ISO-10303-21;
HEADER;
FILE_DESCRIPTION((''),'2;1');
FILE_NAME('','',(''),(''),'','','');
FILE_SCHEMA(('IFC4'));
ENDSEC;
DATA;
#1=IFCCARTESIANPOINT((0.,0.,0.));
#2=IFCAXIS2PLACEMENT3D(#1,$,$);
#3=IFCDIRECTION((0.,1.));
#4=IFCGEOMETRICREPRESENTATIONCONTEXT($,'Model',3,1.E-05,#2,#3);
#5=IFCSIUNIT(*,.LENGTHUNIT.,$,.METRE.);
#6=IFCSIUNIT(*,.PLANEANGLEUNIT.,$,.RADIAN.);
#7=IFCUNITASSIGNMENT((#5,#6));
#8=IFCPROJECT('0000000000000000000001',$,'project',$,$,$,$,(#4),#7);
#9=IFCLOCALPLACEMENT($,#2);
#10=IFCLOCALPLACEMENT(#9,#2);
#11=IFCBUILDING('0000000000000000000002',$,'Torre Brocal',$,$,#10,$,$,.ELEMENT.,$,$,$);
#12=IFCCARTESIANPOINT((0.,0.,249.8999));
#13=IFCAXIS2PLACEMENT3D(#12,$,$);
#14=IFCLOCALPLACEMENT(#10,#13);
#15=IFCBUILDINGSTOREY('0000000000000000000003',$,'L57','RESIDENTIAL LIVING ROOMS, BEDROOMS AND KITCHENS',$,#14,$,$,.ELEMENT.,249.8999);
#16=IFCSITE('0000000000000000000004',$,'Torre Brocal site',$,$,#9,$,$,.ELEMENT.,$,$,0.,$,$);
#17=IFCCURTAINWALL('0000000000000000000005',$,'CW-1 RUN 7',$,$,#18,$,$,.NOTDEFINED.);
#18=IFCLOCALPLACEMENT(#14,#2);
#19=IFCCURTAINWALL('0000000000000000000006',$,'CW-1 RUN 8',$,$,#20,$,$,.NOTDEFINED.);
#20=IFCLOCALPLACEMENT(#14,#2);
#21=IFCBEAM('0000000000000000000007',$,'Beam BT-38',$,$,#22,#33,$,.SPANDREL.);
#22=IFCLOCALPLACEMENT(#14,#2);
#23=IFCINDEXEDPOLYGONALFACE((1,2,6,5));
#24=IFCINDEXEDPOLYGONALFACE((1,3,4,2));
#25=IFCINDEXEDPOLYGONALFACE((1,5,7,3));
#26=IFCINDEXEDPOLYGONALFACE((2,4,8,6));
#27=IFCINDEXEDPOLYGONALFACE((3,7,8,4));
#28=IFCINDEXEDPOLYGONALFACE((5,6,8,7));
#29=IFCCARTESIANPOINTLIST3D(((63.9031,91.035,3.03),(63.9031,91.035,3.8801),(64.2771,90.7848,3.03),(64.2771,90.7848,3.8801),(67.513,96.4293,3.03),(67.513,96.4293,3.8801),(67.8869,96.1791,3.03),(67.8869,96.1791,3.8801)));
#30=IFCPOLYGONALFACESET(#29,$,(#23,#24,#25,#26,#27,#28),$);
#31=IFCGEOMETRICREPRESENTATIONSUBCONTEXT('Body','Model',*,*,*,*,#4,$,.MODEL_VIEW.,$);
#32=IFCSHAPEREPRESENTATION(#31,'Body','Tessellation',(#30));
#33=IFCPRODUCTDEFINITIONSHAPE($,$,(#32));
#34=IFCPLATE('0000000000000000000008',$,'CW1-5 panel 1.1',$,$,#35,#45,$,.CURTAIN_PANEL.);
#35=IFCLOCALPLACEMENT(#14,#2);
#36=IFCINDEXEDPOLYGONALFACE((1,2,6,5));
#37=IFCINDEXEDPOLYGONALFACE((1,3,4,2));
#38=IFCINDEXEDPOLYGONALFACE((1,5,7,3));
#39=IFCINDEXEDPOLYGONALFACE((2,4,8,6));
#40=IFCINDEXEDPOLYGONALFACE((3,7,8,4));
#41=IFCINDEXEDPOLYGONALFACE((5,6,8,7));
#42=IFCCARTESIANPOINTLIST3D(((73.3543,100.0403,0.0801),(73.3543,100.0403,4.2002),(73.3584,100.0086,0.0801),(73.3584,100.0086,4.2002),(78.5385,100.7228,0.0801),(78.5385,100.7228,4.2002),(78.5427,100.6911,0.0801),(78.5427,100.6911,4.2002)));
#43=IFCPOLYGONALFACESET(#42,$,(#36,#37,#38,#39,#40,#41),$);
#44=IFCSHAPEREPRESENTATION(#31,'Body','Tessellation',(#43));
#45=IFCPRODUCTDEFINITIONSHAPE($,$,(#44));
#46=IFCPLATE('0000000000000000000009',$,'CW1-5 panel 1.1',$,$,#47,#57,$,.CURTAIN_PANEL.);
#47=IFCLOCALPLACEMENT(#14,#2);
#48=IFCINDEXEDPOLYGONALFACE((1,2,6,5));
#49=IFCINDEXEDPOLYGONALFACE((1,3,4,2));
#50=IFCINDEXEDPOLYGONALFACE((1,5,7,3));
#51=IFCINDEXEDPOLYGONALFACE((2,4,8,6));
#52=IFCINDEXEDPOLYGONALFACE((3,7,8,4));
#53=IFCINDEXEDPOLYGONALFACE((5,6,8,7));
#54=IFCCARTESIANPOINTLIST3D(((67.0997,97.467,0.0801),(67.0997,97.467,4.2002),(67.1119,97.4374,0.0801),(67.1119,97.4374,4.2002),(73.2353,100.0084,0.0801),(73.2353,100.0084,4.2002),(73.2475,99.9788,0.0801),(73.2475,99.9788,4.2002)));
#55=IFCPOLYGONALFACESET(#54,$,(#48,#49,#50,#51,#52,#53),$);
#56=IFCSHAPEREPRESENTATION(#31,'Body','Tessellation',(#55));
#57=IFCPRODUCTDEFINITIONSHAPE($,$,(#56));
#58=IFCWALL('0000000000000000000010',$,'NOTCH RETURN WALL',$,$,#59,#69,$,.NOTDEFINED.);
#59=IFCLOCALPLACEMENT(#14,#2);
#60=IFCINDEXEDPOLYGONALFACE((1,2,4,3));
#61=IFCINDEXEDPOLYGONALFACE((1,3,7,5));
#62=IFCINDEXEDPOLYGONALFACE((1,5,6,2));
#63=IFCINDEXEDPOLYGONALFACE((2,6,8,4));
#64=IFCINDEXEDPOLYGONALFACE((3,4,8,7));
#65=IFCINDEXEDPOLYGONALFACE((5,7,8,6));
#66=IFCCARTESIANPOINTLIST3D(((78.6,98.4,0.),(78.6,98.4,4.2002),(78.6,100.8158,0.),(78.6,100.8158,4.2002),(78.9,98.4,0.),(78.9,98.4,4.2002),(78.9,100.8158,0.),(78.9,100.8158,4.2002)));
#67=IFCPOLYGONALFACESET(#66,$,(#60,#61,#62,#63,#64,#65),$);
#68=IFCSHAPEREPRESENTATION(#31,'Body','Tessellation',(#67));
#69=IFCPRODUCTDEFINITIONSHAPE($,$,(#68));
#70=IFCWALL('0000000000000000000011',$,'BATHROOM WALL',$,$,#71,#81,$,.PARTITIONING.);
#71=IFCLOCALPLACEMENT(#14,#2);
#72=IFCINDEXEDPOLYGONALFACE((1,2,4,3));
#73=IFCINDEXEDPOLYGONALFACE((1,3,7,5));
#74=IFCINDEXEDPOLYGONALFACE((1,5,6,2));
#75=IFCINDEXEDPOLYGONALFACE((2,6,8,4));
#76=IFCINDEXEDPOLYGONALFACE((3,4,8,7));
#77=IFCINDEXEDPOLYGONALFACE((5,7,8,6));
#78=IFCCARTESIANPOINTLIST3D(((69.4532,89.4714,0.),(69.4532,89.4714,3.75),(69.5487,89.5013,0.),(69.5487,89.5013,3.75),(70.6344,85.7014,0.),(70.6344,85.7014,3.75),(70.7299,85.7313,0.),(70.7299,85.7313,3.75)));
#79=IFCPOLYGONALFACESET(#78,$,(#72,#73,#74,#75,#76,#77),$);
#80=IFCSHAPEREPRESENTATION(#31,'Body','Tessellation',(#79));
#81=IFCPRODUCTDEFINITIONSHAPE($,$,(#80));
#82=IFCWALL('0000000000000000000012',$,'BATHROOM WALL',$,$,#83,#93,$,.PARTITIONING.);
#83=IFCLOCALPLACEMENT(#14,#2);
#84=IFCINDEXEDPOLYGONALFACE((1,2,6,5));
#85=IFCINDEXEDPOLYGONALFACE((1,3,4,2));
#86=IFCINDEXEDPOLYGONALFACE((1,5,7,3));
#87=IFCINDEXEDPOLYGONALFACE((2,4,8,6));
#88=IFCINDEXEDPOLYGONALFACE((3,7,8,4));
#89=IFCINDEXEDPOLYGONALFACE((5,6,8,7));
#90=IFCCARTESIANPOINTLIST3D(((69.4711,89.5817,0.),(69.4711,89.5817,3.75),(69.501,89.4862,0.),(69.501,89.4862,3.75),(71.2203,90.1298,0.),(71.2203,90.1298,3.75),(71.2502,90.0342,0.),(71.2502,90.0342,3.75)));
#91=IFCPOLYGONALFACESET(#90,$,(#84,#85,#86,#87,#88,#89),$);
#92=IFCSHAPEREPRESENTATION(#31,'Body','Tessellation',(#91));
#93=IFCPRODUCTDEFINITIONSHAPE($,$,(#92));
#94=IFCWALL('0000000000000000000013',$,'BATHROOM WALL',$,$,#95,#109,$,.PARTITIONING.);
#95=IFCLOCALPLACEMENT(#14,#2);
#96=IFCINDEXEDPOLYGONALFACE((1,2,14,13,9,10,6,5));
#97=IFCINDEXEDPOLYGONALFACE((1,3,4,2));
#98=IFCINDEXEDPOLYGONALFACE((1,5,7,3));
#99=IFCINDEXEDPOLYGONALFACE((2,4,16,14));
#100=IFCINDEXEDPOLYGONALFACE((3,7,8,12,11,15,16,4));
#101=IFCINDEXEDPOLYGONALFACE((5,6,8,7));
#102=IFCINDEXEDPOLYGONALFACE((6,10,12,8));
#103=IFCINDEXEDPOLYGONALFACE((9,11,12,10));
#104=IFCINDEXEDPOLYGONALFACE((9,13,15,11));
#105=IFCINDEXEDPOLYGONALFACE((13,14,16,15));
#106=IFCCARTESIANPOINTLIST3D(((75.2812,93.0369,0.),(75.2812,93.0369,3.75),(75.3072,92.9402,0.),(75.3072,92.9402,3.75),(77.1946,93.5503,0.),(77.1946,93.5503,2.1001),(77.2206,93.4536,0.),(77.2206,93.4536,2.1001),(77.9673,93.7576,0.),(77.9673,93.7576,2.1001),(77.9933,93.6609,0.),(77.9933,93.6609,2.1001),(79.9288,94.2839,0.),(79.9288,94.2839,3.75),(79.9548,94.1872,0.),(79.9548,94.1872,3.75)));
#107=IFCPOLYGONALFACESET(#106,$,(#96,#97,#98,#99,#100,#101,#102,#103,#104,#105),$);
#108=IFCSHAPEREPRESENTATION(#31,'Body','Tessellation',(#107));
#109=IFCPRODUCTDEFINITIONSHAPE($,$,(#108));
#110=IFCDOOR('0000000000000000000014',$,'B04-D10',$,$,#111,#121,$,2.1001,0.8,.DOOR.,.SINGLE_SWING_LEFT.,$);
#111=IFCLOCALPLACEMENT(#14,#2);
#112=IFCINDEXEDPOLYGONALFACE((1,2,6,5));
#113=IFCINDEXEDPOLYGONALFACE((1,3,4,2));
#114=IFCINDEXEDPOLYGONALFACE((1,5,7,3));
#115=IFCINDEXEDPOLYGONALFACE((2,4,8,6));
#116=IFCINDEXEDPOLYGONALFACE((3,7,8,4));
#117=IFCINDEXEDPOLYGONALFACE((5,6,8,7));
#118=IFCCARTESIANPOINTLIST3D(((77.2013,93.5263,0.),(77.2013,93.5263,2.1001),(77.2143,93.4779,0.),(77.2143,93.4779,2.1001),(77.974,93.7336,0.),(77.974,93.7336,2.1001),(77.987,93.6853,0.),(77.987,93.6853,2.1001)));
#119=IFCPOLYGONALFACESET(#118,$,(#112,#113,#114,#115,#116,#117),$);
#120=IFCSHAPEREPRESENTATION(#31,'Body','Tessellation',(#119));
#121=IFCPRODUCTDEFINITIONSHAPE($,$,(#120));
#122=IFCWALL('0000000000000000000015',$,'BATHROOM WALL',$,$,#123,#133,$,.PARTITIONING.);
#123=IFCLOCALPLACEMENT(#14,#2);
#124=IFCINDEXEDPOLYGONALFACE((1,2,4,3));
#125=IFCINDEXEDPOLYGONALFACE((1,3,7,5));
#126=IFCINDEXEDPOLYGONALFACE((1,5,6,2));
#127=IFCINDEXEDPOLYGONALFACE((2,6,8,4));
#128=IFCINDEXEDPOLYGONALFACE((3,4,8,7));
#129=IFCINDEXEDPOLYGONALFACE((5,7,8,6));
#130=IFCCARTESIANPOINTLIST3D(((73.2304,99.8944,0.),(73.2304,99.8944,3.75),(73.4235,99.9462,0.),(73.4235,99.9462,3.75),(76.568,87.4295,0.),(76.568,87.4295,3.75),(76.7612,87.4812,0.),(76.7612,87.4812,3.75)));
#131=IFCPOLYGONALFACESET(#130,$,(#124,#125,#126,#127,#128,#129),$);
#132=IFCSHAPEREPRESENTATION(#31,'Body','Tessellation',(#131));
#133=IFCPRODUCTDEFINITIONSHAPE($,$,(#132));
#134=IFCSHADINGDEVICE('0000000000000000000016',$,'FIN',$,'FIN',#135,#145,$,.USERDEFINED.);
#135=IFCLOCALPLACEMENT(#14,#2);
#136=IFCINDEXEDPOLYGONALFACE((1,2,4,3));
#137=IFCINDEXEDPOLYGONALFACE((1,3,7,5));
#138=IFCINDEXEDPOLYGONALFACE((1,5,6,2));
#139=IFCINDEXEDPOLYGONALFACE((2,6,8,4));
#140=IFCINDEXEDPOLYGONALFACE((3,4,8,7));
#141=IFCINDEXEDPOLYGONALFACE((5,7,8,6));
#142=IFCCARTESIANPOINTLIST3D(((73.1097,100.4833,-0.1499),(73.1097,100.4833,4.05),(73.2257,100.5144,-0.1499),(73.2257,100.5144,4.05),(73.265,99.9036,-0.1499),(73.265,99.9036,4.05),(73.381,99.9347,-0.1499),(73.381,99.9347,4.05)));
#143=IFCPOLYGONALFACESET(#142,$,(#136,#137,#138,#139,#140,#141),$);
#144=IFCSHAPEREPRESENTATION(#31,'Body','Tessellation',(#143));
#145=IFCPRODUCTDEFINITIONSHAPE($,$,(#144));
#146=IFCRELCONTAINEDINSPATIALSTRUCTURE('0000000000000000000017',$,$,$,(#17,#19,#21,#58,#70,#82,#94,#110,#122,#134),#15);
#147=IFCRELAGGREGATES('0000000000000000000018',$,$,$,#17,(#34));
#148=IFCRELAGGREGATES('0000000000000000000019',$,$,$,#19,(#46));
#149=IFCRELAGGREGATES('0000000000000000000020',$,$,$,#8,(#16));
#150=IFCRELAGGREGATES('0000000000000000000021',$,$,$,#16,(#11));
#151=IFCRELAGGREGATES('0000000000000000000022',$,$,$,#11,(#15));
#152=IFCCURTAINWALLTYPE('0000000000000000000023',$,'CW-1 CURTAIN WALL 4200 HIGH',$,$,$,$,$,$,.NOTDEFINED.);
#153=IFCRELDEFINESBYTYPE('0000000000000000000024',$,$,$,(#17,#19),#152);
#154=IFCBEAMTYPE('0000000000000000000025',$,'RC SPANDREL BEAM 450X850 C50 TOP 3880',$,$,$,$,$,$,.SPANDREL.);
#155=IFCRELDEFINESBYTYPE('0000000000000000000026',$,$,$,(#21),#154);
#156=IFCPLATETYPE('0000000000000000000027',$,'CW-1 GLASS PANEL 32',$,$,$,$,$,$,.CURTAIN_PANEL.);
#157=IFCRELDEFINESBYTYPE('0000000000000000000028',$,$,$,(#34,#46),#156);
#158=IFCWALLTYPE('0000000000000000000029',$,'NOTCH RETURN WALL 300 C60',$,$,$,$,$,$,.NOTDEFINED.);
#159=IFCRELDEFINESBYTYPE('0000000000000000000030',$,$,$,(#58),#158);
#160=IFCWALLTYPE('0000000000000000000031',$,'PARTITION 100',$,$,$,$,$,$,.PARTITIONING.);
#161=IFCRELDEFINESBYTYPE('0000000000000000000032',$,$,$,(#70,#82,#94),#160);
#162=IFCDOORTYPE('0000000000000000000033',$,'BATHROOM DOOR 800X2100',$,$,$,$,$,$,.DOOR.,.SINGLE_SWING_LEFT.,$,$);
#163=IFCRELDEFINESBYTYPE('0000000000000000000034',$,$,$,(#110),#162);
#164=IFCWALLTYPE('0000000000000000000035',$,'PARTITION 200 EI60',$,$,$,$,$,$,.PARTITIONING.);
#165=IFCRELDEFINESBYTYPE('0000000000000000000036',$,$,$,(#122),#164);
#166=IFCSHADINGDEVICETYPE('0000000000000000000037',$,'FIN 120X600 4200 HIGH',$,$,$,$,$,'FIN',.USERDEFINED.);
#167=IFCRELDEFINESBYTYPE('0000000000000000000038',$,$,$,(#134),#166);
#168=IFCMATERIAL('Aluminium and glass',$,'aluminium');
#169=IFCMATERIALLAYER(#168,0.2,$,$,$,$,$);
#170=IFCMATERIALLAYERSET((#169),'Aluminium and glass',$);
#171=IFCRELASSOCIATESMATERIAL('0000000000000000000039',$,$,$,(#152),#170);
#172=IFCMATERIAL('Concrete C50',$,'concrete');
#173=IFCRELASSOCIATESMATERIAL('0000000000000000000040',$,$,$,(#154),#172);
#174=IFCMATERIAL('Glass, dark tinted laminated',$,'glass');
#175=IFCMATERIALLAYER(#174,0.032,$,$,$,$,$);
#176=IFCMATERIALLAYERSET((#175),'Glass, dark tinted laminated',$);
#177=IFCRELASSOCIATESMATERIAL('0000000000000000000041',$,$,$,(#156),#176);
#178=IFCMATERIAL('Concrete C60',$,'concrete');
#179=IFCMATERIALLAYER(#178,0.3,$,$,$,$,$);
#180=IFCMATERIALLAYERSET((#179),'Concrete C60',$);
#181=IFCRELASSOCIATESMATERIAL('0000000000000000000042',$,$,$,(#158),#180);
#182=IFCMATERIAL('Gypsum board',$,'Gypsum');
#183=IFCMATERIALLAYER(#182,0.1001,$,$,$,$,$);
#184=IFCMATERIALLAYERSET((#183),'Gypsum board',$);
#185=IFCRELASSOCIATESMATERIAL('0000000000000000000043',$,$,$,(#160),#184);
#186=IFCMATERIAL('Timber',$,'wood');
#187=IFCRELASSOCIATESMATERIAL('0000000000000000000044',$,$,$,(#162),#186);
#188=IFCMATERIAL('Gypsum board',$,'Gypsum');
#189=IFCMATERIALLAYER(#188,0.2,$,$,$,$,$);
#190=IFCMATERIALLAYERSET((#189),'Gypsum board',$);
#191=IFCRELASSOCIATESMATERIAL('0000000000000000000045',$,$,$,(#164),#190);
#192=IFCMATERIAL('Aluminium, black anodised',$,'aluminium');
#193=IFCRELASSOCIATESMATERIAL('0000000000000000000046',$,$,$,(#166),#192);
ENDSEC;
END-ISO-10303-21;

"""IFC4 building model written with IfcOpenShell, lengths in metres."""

from ifc_helpers import new_model, si_unit, direction, frame, frame_2d, origin, origin_2d, place, context, subcontext, project, spatial, rectangle, extrude, material, layer, layer_set, material_profile, profile_set, type_object, element, fill, aggregate, save


model = new_model("IFC4")

# Units and contexts
model_context = context("Model", 3, precision=1e-05, world=origin(), true_north=direction((0.0, 1.0)))
body_context = subcontext(model_context, "Body", "Model", "MODEL_VIEW")
ifc_project = project(units=[si_unit("LENGTHUNIT", "METRE"), si_unit("PLANEANGLEUNIT", "RADIAN")], contexts=[model_context])

# Site, building, storey
site_placement = place(None, origin())
site = spatial("IfcSite", under=ifc_project, at=site_placement, Name="Torre Brocal site", CompositionType="ELEMENT", RefElevation=0.0)
building_placement = place(site_placement, origin())
building = spatial("IfcBuilding", under=site, at=building_placement, Name="Torre Brocal", CompositionType="ELEMENT")
storey_placement = place(building_placement, frame((0.0, 0.0, 249.8999)))
storey = spatial("IfcBuildingStorey", under=building, at=storey_placement, Name="L57", Description="RESIDENTIAL LIVING ROOMS, BEDROOMS AND KITCHENS", CompositionType="ELEMENT", Elevation=249.8999)

# Curtain wall
ifc_material_1 = material(Name="Aluminium and glass", Category="aluminium")
ifc_layer_1 = layer(ifc_material_1, 0.2)
ifc_layer_set_1 = layer_set([ifc_layer_1], Name="Aluminium and glass")
curtain_wall_type = type_object("IfcCurtainWallType", Name="CW-1 CURTAIN WALL 4200 HIGH", PredefinedType="NOTDEFINED", material=ifc_layer_set_1)
curtain_wall_1_placement = place(storey_placement, origin())
curtain_wall_1 = element("IfcCurtainWall", 1, at=curtain_wall_1_placement, inside=storey, type_object=curtain_wall_type, Name="CW-1 RUN 7", PredefinedType="NOTDEFINED")

# Curtain wall
curtain_wall_2_placement = place(storey_placement, origin())
curtain_wall_2 = element("IfcCurtainWall", 2, at=curtain_wall_2_placement, inside=storey, type_object=curtain_wall_type, Name="CW-1 RUN 8", PredefinedType="NOTDEFINED")

# Beam
ifc_material_2 = material(Name="Concrete C50", Category="concrete")
ifc_material_profile_1 = material_profile(ifc_material_2, rectangle(XDim=0.45, YDim=0.8501, at=origin_2d()), Name="RC 450X850")
ifc_profile_set_1 = profile_set([ifc_material_profile_1], Name="Concrete C50")
beam_type_1 = type_object("IfcBeamType", Name="RC SPANDREL BEAM 450X850 C50 TOP 3880", PredefinedType="SPANDREL", material=ifc_profile_set_1)
beam_1_placement = place(storey_placement, frame((67.7, 96.3042, 3.4551), z_axis=(-0.556158, -0.831077, 0.0), x_axis=(0.831077, -0.556158, 0.0)))
element("IfcBeam", 3, at=beam_1_placement, inside=storey, type_object=beam_type_1, Name="Beam BT-38", PredefinedType="SPANDREL", context=body_context, shape_type="SweptSolid", body=[
    extrude(rectangle(XDim=0.45, YDim=0.8501, at=origin_2d()), origin(), (0.0, 0.0, 1.0), 6.4907),
])

# Plates
ifc_material_3 = material(Name="Glass, dark tinted laminated", Category="glass")
ifc_layer_2 = layer(ifc_material_3, 0.032)
ifc_layer_set_2 = layer_set([ifc_layer_2], Name="Glass, dark tinted laminated")
plate_type = type_object("IfcPlateType", Name="CW-1 GLASS PANEL 32", PredefinedType="CURTAIN_PANEL", material=ifc_layer_set_2)
plate_1_placement = place(storey_placement, frame((75.9485, 100.3657, 0.0801), z_axis=(0.0, 0.0, 1.0), x_axis=(-0.991445, -0.130526, 0.0)))
plate_1 = element("IfcPlate", 4, at=plate_1_placement, type_object=plate_type, Name="CW1-5 panel 1.1", PredefinedType="CURTAIN_PANEL", context=body_context, shape_type="SweptSolid", body=[
    extrude(rectangle(XDim=5.229, YDim=0.032, at=origin_2d()), origin(), (0.0, 0.0, 1.0), 4.1201),
])
aggregate(curtain_wall_1, [plate_1])
plate_2_placement = place(storey_placement, frame((70.1736, 98.7229, 0.0801), z_axis=(0.0, 0.0, 1.0), x_axis=(-0.92388, -0.382683, 0.0)))
plate_2 = element("IfcPlate", 5, at=plate_2_placement, type_object=plate_type, Name="CW1-5 panel 1.1", PredefinedType="CURTAIN_PANEL", context=body_context, shape_type="SweptSolid", body=[
    extrude(rectangle(XDim=6.6411, YDim=0.032, at=origin_2d()), origin(), (0.0, 0.0, 1.0), 4.1201),
])
aggregate(curtain_wall_2, [plate_2])

# Walls
ifc_material_4 = material(Name="Concrete C60", Category="concrete")
ifc_layer_3 = layer(ifc_material_4, 0.3)
ifc_layer_set_3 = layer_set([ifc_layer_3], Name="Concrete C60")
wall_type_1 = type_object("IfcWallType", Name="NOTCH RETURN WALL 300 C60", PredefinedType="NOTDEFINED", material=ifc_layer_set_3)
wall_1_placement = place(storey_placement, frame((78.75, 98.3999, 0.0), z_axis=(0.0, 0.0, 1.0), x_axis=(0.0, 1.0, 0.0)))
element("IfcWall", 6, at=wall_1_placement, inside=storey, type_object=wall_type_1, Name="NOTCH RETURN WALL", PredefinedType="NOTDEFINED", context=body_context, shape_type="SweptSolid", body=[
    extrude(rectangle(XDim=2.4158, YDim=0.3, at=frame_2d((1.208, 0.0))), origin(), (0.0, 0.0, 1.0), 4.2002),
])
ifc_material_5 = material(Name="Gypsum board", Category="Gypsum")
ifc_layer_4 = layer(ifc_material_5, 0.1001)
ifc_layer_set_4 = layer_set([ifc_layer_4], Name="Gypsum board")
wall_type_2 = type_object("IfcWallType", Name="PARTITION 100", PredefinedType="PARTITIONING", material=ifc_layer_set_4)
wall_2_placement = place(storey_placement, frame((69.501, 89.4863, 0.0), z_axis=(0.0, 0.0, 1.0), x_axis=(0.298972, -0.954262, 0.0)))
element("IfcWall", 7, at=wall_2_placement, inside=storey, type_object=wall_type_2, Name="BATHROOM WALL", PredefinedType="PARTITIONING", context=body_context, shape_type="SweptSolid", body=[
    extrude(rectangle(XDim=3.9507, YDim=0.1001, at=frame_2d((1.9753, 0.0))), origin(), (0.0, 0.0, 1.0), 3.75),
])
wall_3_placement = place(storey_placement, frame((69.4861, 89.5339, 0.0), z_axis=(0.0, 0.0, 1.0), x_axis=(0.954255, 0.298995, 0.0)))
element("IfcWall", 8, at=wall_3_placement, inside=storey, type_object=wall_type_2, Name="BATHROOM WALL", PredefinedType="PARTITIONING", context=body_context, shape_type="SweptSolid", body=[
    extrude(rectangle(XDim=1.833, YDim=0.1001, at=frame_2d((0.9165, 0.0))), origin(), (0.0, 0.0, 1.0), 3.75),
])

# Wall, opening, door
wall_4_placement = place(storey_placement, frame((75.2942, 92.9885, 0.0), z_axis=(0.0, 0.0, 1.0), x_axis=(0.965836, 0.259153, 0.0)))
wall_4 = element("IfcWall", 9, at=wall_4_placement, inside=storey, type_object=wall_type_2, Name="BATHROOM WALL", PredefinedType="PARTITIONING", context=body_context, shape_type="SweptSolid", body=[
    extrude(rectangle(XDim=4.812, YDim=0.1001, at=frame_2d((2.406, 0.0))), origin(), (0.0, 0.0, 1.0), 3.75),
])
opening_placement = place(wall_4_placement, frame((1.9812, 0.0, 0.0)))
opening = element("IfcOpeningElement", 10, at=opening_placement, cuts=wall_4, PredefinedType="OPENING", context=body_context, shape_type="SweptSolid", body=[
    extrude(rectangle(XDim=0.8, YDim=2.1001, at=frame_2d((0.3999, 1.05))), frame((0.0, 0.0601, 0.0), z_axis=(0.0, -1.0, 0.0), x_axis=(1.0, 0.0, 0.0)), (0.0, 0.0, 1.0), 0.1201),
])
ifc_material_6 = material(Name="Timber", Category="wood")
door_type = type_object("IfcDoorType", Name="BATHROOM DOOR 800X2100", OperationType="SINGLE_SWING_LEFT", PredefinedType="DOOR", material=ifc_material_6)
door_placement = place(opening_placement, frame((0.8, 0.0, 0.0), z_axis=(0.0, 0.0, 1.0), x_axis=(-1.0, 0.0, 0.0)))
door = element("IfcDoor", 11, at=door_placement, inside=storey, type_object=door_type, Name="B04-D10", OperationType="SINGLE_SWING_LEFT", OverallHeight=2.1001, OverallWidth=0.8, PredefinedType="DOOR", context=body_context, shape_type="SweptSolid", body=[
    extrude(rectangle(XDim=0.8, YDim=2.1001, at=frame_2d((0.3999, 1.05))), frame((0.0, 0.0249, 0.0), z_axis=(0.0, -1.0, 0.0), x_axis=(1.0, 0.0, 0.0)), (0.0, 0.0, 1.0), 0.05),
])
fill(opening, door)

# Wall
ifc_material_7 = material(Name="Gypsum board", Category="Gypsum")
ifc_layer_5 = layer(ifc_material_7, 0.2)
ifc_layer_set_5 = layer_set([ifc_layer_5], Name="Gypsum board")
wall_type_3 = type_object("IfcWallType", Name="PARTITION 200 EI60", PredefinedType="PARTITIONING", material=ifc_layer_set_5)
wall_5_placement = place(storey_placement, frame((73.3269, 99.9204, 0.0), z_axis=(0.0, 0.0, 1.0), x_axis=(0.258653, -0.96597, 0.0)))
element("IfcWall", 12, at=wall_5_placement, inside=storey, type_object=wall_type_3, Name="BATHROOM WALL", PredefinedType="PARTITIONING", context=body_context, shape_type="SweptSolid", body=[
    extrude(rectangle(XDim=12.9041, YDim=0.2, at=frame_2d((6.4521, 0.0))), origin(), (0.0, 0.0, 1.0), 3.75),
])

# Shading device
ifc_material_8 = material(Name="Aluminium, black anodised", Category="aluminium")
ifc_material_profile_2 = material_profile(ifc_material_8, rectangle(XDim=0.1201, YDim=0.6001, at=origin_2d()), Name="FIN 120X600 4200 HIGH")
ifc_profile_set_2 = profile_set([ifc_material_profile_2], Name="Aluminium, black anodised")
shading_device_type = type_object("IfcShadingDeviceType", Name="FIN 120X600 4200 HIGH", ElementType="FIN", PredefinedType="USERDEFINED", material=ifc_profile_set_2)
shading_device_placement = place(storey_placement, frame((73.2454, 100.209, -0.1499), z_axis=(0.0, 0.0, 1.0), x_axis=(-0.965926, -0.258819, 0.0)))
element("IfcShadingDevice", 13, at=shading_device_placement, inside=storey, type_object=shading_device_type, Name="FIN", ObjectType="FIN", PredefinedType="USERDEFINED", context=body_context, shape_type="SweptSolid", body=[
    extrude(rectangle(XDim=0.1201, YDim=0.6001, at=origin_2d()), origin(), (0.0, 0.0, 1.0), 4.2),
])

save(model, "model.ifc")
